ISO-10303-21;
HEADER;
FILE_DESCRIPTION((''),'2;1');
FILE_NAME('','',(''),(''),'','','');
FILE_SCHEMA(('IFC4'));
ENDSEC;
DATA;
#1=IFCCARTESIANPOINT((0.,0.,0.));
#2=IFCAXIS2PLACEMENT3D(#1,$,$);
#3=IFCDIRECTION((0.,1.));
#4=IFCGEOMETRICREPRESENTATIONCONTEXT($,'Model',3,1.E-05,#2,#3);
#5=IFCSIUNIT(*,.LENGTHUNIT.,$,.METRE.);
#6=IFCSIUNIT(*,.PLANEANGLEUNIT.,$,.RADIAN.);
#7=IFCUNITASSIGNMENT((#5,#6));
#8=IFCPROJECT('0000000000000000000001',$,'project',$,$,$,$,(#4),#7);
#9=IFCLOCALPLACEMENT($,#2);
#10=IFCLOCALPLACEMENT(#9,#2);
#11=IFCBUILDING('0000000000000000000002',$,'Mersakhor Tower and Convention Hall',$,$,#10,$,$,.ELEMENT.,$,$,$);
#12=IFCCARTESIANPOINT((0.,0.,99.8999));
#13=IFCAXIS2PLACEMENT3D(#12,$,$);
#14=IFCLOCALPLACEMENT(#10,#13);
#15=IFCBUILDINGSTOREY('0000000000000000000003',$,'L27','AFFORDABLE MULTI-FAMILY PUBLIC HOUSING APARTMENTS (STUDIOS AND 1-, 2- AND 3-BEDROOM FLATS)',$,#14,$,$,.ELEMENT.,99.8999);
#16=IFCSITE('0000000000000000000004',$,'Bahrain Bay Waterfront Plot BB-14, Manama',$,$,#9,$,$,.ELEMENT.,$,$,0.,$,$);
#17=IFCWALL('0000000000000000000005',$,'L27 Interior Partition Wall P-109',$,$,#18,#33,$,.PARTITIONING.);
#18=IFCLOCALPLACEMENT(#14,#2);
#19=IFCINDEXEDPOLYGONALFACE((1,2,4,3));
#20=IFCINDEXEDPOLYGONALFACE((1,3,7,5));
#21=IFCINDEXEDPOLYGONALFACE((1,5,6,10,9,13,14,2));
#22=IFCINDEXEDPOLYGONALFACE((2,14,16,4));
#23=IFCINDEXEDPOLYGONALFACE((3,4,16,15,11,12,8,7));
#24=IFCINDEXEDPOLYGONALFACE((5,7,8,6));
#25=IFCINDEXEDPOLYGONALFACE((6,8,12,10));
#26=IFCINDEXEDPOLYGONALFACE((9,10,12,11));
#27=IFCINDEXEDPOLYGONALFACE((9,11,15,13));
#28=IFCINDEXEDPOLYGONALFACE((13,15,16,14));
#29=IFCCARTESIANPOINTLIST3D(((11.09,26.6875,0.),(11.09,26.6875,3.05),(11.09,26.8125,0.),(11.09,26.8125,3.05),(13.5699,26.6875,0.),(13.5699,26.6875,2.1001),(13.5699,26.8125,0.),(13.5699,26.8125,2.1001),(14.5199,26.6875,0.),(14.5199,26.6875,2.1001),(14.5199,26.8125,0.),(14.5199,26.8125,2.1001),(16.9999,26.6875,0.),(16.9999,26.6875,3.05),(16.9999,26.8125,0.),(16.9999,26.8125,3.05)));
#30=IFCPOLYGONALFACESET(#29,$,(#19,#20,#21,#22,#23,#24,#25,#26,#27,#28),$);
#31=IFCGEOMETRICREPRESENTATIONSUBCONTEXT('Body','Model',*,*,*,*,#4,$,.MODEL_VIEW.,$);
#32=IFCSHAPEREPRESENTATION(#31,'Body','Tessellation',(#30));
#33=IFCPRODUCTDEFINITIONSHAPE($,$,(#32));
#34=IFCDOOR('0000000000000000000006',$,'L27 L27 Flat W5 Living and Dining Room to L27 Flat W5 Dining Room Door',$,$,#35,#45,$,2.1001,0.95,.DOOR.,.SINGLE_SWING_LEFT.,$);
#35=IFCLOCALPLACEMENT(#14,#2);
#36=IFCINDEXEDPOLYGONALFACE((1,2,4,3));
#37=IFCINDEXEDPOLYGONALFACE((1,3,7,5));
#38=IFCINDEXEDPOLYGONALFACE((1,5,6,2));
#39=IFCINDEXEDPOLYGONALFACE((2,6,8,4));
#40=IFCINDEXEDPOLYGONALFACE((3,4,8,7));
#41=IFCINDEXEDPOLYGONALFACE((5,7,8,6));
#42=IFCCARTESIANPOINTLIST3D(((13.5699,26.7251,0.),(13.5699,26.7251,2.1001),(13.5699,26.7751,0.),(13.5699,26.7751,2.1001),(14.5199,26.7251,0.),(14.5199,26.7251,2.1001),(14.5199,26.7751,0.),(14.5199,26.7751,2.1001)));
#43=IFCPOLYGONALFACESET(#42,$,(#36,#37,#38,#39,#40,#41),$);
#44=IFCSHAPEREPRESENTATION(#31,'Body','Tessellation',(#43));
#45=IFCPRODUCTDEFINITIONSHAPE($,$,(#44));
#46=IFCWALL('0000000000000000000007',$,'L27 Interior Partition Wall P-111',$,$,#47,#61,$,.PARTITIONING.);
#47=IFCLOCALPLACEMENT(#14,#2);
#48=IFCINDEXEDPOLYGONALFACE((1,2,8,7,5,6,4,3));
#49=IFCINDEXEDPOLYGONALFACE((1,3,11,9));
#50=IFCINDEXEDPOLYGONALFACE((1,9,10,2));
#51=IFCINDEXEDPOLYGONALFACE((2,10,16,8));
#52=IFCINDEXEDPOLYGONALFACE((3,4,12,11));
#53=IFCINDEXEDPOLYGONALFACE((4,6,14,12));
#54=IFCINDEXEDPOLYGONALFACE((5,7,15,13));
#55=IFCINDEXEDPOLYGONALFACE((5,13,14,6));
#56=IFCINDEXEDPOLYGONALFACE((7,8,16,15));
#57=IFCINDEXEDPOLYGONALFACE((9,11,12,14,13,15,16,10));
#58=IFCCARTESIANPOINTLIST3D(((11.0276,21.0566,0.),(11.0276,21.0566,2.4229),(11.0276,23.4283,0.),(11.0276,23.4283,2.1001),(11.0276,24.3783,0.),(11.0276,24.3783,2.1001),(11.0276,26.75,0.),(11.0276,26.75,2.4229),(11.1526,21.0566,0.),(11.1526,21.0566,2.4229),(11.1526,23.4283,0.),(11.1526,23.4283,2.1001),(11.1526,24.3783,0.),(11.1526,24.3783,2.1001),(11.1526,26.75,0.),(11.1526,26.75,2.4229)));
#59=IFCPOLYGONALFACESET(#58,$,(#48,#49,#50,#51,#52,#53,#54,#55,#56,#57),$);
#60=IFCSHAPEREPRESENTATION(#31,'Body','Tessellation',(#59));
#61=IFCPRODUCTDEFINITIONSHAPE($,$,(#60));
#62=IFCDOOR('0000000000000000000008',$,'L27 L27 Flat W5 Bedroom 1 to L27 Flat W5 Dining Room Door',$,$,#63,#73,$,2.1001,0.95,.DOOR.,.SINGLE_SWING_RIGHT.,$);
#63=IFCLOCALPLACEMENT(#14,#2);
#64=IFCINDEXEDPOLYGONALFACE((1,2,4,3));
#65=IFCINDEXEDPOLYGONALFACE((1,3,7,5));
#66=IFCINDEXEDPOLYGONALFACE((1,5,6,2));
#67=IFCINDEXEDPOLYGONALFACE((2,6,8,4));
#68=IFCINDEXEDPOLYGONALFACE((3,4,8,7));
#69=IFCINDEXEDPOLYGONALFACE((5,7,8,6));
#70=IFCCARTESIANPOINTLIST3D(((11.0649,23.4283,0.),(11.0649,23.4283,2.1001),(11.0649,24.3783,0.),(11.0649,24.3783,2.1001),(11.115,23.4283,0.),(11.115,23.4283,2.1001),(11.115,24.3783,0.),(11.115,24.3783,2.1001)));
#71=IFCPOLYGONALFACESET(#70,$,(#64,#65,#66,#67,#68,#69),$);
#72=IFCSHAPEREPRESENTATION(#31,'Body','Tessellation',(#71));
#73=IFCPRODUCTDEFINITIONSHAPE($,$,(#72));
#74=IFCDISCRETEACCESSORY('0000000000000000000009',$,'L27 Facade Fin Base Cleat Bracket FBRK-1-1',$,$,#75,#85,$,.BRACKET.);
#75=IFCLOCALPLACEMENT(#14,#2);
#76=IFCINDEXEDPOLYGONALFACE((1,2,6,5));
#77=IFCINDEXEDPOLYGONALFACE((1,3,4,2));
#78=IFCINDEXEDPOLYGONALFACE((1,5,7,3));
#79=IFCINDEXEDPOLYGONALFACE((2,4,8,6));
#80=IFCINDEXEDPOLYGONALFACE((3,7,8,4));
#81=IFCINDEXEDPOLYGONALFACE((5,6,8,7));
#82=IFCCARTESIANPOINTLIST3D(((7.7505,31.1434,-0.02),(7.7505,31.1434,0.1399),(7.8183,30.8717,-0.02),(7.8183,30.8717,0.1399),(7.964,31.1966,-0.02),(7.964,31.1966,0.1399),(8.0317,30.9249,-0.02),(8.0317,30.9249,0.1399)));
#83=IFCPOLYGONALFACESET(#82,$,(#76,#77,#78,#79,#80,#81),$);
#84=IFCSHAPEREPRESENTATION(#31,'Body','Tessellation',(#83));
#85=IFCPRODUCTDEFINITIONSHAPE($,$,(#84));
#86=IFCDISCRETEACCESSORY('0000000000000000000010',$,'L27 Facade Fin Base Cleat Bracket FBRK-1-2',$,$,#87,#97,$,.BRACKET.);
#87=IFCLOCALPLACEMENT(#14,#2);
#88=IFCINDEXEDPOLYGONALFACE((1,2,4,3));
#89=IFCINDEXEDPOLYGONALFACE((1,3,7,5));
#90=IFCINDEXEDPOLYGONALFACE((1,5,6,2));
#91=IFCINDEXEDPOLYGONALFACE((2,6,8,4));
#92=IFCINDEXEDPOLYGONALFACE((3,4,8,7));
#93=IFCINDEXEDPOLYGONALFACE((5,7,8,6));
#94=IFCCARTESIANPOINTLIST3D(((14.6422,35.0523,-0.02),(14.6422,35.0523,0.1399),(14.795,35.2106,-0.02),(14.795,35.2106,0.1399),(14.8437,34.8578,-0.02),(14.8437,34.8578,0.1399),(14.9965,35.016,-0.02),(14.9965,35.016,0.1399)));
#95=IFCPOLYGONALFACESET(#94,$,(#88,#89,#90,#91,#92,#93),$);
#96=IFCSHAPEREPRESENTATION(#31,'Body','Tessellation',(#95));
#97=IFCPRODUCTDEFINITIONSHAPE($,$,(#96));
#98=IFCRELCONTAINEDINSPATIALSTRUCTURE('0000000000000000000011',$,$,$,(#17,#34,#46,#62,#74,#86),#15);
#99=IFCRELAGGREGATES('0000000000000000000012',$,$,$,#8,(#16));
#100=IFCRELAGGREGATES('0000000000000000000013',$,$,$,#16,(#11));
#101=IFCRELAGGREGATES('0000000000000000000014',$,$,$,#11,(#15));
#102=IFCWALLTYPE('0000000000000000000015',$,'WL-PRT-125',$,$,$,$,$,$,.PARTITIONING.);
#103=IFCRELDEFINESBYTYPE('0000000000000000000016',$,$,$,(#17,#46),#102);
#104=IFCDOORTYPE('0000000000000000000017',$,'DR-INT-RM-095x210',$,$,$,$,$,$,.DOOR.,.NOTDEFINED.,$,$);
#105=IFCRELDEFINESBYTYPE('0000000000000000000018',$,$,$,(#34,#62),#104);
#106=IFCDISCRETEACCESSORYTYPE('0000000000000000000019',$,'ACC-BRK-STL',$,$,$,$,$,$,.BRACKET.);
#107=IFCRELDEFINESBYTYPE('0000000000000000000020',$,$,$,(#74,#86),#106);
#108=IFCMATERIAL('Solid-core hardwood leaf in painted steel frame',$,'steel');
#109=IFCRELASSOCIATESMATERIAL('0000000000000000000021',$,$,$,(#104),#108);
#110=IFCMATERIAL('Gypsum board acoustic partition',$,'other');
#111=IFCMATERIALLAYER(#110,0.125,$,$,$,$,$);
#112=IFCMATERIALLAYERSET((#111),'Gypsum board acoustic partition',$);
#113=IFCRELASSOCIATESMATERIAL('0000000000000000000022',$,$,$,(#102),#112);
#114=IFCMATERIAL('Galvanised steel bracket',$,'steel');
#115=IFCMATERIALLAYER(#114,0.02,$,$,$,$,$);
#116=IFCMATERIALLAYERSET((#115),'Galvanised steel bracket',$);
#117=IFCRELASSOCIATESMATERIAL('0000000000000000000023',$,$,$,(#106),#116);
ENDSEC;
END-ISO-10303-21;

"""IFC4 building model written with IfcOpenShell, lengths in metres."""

from ifc_helpers import new_model, si_unit, direction, frame, frame_2d, origin, origin_2d, place, context, subcontext, project, spatial, rectangle, extrude, material, layer, layer_set, type_object, element, fill, save


model = new_model("IFC4")

# Units and contexts
model_context = context("Model", 3, precision=1e-05, world=origin(), true_north=direction((0.0, 1.0)))
body_context = subcontext(model_context, "Body", "Model", "MODEL_VIEW")
ifc_project = project(units=[si_unit("LENGTHUNIT", "METRE"), si_unit("PLANEANGLEUNIT", "RADIAN")], contexts=[model_context])

# Site, building, storey
site_placement = place(None, origin())
site = spatial("IfcSite", under=ifc_project, at=site_placement, Name="Bahrain Bay Waterfront Plot BB-14, Manama", CompositionType="ELEMENT", RefElevation=0.0)
building_placement = place(site_placement, origin())
building = spatial("IfcBuilding", under=site, at=building_placement, Name="Mersakhor Tower and Convention Hall", CompositionType="ELEMENT")
storey_placement = place(building_placement, frame((0.0, 0.0, 99.8999)))
storey = spatial("IfcBuildingStorey", under=building, at=storey_placement, Name="L27", Description="AFFORDABLE MULTI-FAMILY PUBLIC HOUSING APARTMENTS (STUDIOS AND 1-, 2- AND 3-BEDROOM FLATS)", CompositionType="ELEMENT", Elevation=99.8999)

# Walls, openings, doors
ifc_material_1 = material(Name="Solid-core hardwood leaf in painted steel frame", Category="steel")
door_type_1 = type_object("IfcDoorType", Name="DR-INT-RM-095x210", OperationType="NOTDEFINED", PredefinedType="DOOR", material=ifc_material_1)
ifc_material_2 = material(Name="Gypsum board acoustic partition", Category="other")
ifc_layer_1 = layer(ifc_material_2, 0.125)
ifc_layer_set_1 = layer_set([ifc_layer_1], Name="Gypsum board acoustic partition")
wall_type_1 = type_object("IfcWallType", Name="WL-PRT-125", PredefinedType="PARTITIONING", material=ifc_layer_set_1)
wall_1_placement = place(storey_placement, frame((17.0, 26.75, 0.0), z_axis=(0.0, 0.0, 1.0), x_axis=(-1.0, 0.0, 0.0)))
wall_1 = element("IfcWall", 1, at=wall_1_placement, inside=storey, type_object=wall_type_1, Name="L27 Interior Partition Wall P-109", PredefinedType="PARTITIONING", context=body_context, shape_type="SweptSolid", body=[
    extrude(rectangle(XDim=5.9099, YDim=0.125, at=frame_2d((2.9551, 0.0))), origin(), (0.0, 0.0, 1.0), 3.05),
])
opening_1_placement = place(wall_1_placement, frame((2.48, 0.0, 0.0)))
opening_1 = element("IfcOpeningElement", 2, at=opening_1_placement, cuts=wall_1, PredefinedType="OPENING", context=body_context, shape_type="SweptSolid", body=[
    extrude(rectangle(XDim=0.95, YDim=2.1001, at=frame_2d((0.4751, 1.05))), frame((0.0, 0.0725, 0.0), z_axis=(0.0, -1.0, 0.0), x_axis=(1.0, 0.0, 0.0)), (0.0, 0.0, 1.0), 0.145),
])
door_1_placement = place(opening_1_placement, origin())
door_1 = element("IfcDoor", 3, at=door_1_placement, inside=storey, type_object=door_type_1, Name="L27 L27 Flat W5 Living and Dining Room to L27 Flat W5 Dining Room Door", OperationType="SINGLE_SWING_LEFT", OverallHeight=2.1001, OverallWidth=0.95, PredefinedType="DOOR", context=body_context, shape_type="SweptSolid", body=[
    extrude(rectangle(XDim=0.95, YDim=2.1001, at=frame_2d((0.4751, 1.05))), frame((0.0, 0.0249, 0.0), z_axis=(0.0, -1.0, 0.0), x_axis=(1.0, 0.0, 0.0)), (0.0, 0.0, 1.0), 0.05),
])
fill(opening_1, door_1)
wall_2_placement = place(storey_placement, frame((11.0901, 26.75, 0.0), z_axis=(0.0, 0.0, 1.0), x_axis=(0.0, -1.0, 0.0)))
wall_2 = element("IfcWall", 4, at=wall_2_placement, inside=storey, type_object=wall_type_1, Name="L27 Interior Partition Wall P-111", PredefinedType="PARTITIONING", context=body_context, shape_type="SweptSolid", body=[
    extrude(rectangle(XDim=5.6934, YDim=0.125, at=frame_2d((2.8467, 0.0))), origin(), (0.0, 0.0, 1.0), 2.4229),
])
opening_2_placement = place(wall_2_placement, frame((2.3716, 0.0, 0.0)))
opening_2 = element("IfcOpeningElement", 5, at=opening_2_placement, cuts=wall_2, PredefinedType="OPENING", context=body_context, shape_type="SweptSolid", body=[
    extrude(rectangle(XDim=0.95, YDim=2.1001, at=frame_2d((0.4751, 1.05))), frame((0.0, 0.0725, 0.0), z_axis=(0.0, -1.0, 0.0), x_axis=(1.0, 0.0, 0.0)), (0.0, 0.0, 1.0), 0.145),
])
door_2_placement = place(opening_2_placement, origin())
door_2 = element("IfcDoor", 6, at=door_2_placement, inside=storey, type_object=door_type_1, Name="L27 L27 Flat W5 Bedroom 1 to L27 Flat W5 Dining Room Door", OperationType="SINGLE_SWING_RIGHT", OverallHeight=2.1001, OverallWidth=0.95, PredefinedType="DOOR", context=body_context, shape_type="SweptSolid", body=[
    extrude(rectangle(XDim=0.95, YDim=2.1001, at=frame_2d((0.4751, 1.05))), frame((0.0, 0.0249, 0.0), z_axis=(0.0, -1.0, 0.0), x_axis=(1.0, 0.0, 0.0)), (0.0, 0.0, 1.0), 0.05),
])
fill(opening_2, door_2)

# Discrete accessories
ifc_material_3 = material(Name="Galvanised steel bracket", Category="steel")
ifc_layer_2 = layer(ifc_material_3, 0.02)
ifc_layer_set_2 = layer_set([ifc_layer_2], Name="Galvanised steel bracket")
discrete_accessory_type = type_object("IfcDiscreteAccessoryType", Name="ACC-BRK-STL", PredefinedType="BRACKET", material=ifc_layer_set_2)
for number, where, z_axis, x_axis, name in (
    (7, (7.8911, 31.0342, -0.02), (0.0, 0.0, 1.0), (-0.241922, 0.970296, 0.0), "L27 Facade Fin Base Cleat Bracket FBRK-1-1"),
    (8, (14.8193, 35.0342, -0.02), (0.0, 0.0, 1.0), (-0.71934, 0.694658, 0.0), "L27 Facade Fin Base Cleat Bracket FBRK-1-2"),
):
    element("IfcDiscreteAccessory", number, at=place(storey_placement, frame(where, z_axis=z_axis, x_axis=x_axis)), inside=storey, type_object=discrete_accessory_type, Name=name, PredefinedType="BRACKET", context=body_context, shape_type="SweptSolid", body=[
        extrude(rectangle(XDim=0.28, YDim=0.22, at=origin_2d()), origin(), (0.0, 0.0, 1.0), 0.1599),
    ])

save(model, "model.ifc")
